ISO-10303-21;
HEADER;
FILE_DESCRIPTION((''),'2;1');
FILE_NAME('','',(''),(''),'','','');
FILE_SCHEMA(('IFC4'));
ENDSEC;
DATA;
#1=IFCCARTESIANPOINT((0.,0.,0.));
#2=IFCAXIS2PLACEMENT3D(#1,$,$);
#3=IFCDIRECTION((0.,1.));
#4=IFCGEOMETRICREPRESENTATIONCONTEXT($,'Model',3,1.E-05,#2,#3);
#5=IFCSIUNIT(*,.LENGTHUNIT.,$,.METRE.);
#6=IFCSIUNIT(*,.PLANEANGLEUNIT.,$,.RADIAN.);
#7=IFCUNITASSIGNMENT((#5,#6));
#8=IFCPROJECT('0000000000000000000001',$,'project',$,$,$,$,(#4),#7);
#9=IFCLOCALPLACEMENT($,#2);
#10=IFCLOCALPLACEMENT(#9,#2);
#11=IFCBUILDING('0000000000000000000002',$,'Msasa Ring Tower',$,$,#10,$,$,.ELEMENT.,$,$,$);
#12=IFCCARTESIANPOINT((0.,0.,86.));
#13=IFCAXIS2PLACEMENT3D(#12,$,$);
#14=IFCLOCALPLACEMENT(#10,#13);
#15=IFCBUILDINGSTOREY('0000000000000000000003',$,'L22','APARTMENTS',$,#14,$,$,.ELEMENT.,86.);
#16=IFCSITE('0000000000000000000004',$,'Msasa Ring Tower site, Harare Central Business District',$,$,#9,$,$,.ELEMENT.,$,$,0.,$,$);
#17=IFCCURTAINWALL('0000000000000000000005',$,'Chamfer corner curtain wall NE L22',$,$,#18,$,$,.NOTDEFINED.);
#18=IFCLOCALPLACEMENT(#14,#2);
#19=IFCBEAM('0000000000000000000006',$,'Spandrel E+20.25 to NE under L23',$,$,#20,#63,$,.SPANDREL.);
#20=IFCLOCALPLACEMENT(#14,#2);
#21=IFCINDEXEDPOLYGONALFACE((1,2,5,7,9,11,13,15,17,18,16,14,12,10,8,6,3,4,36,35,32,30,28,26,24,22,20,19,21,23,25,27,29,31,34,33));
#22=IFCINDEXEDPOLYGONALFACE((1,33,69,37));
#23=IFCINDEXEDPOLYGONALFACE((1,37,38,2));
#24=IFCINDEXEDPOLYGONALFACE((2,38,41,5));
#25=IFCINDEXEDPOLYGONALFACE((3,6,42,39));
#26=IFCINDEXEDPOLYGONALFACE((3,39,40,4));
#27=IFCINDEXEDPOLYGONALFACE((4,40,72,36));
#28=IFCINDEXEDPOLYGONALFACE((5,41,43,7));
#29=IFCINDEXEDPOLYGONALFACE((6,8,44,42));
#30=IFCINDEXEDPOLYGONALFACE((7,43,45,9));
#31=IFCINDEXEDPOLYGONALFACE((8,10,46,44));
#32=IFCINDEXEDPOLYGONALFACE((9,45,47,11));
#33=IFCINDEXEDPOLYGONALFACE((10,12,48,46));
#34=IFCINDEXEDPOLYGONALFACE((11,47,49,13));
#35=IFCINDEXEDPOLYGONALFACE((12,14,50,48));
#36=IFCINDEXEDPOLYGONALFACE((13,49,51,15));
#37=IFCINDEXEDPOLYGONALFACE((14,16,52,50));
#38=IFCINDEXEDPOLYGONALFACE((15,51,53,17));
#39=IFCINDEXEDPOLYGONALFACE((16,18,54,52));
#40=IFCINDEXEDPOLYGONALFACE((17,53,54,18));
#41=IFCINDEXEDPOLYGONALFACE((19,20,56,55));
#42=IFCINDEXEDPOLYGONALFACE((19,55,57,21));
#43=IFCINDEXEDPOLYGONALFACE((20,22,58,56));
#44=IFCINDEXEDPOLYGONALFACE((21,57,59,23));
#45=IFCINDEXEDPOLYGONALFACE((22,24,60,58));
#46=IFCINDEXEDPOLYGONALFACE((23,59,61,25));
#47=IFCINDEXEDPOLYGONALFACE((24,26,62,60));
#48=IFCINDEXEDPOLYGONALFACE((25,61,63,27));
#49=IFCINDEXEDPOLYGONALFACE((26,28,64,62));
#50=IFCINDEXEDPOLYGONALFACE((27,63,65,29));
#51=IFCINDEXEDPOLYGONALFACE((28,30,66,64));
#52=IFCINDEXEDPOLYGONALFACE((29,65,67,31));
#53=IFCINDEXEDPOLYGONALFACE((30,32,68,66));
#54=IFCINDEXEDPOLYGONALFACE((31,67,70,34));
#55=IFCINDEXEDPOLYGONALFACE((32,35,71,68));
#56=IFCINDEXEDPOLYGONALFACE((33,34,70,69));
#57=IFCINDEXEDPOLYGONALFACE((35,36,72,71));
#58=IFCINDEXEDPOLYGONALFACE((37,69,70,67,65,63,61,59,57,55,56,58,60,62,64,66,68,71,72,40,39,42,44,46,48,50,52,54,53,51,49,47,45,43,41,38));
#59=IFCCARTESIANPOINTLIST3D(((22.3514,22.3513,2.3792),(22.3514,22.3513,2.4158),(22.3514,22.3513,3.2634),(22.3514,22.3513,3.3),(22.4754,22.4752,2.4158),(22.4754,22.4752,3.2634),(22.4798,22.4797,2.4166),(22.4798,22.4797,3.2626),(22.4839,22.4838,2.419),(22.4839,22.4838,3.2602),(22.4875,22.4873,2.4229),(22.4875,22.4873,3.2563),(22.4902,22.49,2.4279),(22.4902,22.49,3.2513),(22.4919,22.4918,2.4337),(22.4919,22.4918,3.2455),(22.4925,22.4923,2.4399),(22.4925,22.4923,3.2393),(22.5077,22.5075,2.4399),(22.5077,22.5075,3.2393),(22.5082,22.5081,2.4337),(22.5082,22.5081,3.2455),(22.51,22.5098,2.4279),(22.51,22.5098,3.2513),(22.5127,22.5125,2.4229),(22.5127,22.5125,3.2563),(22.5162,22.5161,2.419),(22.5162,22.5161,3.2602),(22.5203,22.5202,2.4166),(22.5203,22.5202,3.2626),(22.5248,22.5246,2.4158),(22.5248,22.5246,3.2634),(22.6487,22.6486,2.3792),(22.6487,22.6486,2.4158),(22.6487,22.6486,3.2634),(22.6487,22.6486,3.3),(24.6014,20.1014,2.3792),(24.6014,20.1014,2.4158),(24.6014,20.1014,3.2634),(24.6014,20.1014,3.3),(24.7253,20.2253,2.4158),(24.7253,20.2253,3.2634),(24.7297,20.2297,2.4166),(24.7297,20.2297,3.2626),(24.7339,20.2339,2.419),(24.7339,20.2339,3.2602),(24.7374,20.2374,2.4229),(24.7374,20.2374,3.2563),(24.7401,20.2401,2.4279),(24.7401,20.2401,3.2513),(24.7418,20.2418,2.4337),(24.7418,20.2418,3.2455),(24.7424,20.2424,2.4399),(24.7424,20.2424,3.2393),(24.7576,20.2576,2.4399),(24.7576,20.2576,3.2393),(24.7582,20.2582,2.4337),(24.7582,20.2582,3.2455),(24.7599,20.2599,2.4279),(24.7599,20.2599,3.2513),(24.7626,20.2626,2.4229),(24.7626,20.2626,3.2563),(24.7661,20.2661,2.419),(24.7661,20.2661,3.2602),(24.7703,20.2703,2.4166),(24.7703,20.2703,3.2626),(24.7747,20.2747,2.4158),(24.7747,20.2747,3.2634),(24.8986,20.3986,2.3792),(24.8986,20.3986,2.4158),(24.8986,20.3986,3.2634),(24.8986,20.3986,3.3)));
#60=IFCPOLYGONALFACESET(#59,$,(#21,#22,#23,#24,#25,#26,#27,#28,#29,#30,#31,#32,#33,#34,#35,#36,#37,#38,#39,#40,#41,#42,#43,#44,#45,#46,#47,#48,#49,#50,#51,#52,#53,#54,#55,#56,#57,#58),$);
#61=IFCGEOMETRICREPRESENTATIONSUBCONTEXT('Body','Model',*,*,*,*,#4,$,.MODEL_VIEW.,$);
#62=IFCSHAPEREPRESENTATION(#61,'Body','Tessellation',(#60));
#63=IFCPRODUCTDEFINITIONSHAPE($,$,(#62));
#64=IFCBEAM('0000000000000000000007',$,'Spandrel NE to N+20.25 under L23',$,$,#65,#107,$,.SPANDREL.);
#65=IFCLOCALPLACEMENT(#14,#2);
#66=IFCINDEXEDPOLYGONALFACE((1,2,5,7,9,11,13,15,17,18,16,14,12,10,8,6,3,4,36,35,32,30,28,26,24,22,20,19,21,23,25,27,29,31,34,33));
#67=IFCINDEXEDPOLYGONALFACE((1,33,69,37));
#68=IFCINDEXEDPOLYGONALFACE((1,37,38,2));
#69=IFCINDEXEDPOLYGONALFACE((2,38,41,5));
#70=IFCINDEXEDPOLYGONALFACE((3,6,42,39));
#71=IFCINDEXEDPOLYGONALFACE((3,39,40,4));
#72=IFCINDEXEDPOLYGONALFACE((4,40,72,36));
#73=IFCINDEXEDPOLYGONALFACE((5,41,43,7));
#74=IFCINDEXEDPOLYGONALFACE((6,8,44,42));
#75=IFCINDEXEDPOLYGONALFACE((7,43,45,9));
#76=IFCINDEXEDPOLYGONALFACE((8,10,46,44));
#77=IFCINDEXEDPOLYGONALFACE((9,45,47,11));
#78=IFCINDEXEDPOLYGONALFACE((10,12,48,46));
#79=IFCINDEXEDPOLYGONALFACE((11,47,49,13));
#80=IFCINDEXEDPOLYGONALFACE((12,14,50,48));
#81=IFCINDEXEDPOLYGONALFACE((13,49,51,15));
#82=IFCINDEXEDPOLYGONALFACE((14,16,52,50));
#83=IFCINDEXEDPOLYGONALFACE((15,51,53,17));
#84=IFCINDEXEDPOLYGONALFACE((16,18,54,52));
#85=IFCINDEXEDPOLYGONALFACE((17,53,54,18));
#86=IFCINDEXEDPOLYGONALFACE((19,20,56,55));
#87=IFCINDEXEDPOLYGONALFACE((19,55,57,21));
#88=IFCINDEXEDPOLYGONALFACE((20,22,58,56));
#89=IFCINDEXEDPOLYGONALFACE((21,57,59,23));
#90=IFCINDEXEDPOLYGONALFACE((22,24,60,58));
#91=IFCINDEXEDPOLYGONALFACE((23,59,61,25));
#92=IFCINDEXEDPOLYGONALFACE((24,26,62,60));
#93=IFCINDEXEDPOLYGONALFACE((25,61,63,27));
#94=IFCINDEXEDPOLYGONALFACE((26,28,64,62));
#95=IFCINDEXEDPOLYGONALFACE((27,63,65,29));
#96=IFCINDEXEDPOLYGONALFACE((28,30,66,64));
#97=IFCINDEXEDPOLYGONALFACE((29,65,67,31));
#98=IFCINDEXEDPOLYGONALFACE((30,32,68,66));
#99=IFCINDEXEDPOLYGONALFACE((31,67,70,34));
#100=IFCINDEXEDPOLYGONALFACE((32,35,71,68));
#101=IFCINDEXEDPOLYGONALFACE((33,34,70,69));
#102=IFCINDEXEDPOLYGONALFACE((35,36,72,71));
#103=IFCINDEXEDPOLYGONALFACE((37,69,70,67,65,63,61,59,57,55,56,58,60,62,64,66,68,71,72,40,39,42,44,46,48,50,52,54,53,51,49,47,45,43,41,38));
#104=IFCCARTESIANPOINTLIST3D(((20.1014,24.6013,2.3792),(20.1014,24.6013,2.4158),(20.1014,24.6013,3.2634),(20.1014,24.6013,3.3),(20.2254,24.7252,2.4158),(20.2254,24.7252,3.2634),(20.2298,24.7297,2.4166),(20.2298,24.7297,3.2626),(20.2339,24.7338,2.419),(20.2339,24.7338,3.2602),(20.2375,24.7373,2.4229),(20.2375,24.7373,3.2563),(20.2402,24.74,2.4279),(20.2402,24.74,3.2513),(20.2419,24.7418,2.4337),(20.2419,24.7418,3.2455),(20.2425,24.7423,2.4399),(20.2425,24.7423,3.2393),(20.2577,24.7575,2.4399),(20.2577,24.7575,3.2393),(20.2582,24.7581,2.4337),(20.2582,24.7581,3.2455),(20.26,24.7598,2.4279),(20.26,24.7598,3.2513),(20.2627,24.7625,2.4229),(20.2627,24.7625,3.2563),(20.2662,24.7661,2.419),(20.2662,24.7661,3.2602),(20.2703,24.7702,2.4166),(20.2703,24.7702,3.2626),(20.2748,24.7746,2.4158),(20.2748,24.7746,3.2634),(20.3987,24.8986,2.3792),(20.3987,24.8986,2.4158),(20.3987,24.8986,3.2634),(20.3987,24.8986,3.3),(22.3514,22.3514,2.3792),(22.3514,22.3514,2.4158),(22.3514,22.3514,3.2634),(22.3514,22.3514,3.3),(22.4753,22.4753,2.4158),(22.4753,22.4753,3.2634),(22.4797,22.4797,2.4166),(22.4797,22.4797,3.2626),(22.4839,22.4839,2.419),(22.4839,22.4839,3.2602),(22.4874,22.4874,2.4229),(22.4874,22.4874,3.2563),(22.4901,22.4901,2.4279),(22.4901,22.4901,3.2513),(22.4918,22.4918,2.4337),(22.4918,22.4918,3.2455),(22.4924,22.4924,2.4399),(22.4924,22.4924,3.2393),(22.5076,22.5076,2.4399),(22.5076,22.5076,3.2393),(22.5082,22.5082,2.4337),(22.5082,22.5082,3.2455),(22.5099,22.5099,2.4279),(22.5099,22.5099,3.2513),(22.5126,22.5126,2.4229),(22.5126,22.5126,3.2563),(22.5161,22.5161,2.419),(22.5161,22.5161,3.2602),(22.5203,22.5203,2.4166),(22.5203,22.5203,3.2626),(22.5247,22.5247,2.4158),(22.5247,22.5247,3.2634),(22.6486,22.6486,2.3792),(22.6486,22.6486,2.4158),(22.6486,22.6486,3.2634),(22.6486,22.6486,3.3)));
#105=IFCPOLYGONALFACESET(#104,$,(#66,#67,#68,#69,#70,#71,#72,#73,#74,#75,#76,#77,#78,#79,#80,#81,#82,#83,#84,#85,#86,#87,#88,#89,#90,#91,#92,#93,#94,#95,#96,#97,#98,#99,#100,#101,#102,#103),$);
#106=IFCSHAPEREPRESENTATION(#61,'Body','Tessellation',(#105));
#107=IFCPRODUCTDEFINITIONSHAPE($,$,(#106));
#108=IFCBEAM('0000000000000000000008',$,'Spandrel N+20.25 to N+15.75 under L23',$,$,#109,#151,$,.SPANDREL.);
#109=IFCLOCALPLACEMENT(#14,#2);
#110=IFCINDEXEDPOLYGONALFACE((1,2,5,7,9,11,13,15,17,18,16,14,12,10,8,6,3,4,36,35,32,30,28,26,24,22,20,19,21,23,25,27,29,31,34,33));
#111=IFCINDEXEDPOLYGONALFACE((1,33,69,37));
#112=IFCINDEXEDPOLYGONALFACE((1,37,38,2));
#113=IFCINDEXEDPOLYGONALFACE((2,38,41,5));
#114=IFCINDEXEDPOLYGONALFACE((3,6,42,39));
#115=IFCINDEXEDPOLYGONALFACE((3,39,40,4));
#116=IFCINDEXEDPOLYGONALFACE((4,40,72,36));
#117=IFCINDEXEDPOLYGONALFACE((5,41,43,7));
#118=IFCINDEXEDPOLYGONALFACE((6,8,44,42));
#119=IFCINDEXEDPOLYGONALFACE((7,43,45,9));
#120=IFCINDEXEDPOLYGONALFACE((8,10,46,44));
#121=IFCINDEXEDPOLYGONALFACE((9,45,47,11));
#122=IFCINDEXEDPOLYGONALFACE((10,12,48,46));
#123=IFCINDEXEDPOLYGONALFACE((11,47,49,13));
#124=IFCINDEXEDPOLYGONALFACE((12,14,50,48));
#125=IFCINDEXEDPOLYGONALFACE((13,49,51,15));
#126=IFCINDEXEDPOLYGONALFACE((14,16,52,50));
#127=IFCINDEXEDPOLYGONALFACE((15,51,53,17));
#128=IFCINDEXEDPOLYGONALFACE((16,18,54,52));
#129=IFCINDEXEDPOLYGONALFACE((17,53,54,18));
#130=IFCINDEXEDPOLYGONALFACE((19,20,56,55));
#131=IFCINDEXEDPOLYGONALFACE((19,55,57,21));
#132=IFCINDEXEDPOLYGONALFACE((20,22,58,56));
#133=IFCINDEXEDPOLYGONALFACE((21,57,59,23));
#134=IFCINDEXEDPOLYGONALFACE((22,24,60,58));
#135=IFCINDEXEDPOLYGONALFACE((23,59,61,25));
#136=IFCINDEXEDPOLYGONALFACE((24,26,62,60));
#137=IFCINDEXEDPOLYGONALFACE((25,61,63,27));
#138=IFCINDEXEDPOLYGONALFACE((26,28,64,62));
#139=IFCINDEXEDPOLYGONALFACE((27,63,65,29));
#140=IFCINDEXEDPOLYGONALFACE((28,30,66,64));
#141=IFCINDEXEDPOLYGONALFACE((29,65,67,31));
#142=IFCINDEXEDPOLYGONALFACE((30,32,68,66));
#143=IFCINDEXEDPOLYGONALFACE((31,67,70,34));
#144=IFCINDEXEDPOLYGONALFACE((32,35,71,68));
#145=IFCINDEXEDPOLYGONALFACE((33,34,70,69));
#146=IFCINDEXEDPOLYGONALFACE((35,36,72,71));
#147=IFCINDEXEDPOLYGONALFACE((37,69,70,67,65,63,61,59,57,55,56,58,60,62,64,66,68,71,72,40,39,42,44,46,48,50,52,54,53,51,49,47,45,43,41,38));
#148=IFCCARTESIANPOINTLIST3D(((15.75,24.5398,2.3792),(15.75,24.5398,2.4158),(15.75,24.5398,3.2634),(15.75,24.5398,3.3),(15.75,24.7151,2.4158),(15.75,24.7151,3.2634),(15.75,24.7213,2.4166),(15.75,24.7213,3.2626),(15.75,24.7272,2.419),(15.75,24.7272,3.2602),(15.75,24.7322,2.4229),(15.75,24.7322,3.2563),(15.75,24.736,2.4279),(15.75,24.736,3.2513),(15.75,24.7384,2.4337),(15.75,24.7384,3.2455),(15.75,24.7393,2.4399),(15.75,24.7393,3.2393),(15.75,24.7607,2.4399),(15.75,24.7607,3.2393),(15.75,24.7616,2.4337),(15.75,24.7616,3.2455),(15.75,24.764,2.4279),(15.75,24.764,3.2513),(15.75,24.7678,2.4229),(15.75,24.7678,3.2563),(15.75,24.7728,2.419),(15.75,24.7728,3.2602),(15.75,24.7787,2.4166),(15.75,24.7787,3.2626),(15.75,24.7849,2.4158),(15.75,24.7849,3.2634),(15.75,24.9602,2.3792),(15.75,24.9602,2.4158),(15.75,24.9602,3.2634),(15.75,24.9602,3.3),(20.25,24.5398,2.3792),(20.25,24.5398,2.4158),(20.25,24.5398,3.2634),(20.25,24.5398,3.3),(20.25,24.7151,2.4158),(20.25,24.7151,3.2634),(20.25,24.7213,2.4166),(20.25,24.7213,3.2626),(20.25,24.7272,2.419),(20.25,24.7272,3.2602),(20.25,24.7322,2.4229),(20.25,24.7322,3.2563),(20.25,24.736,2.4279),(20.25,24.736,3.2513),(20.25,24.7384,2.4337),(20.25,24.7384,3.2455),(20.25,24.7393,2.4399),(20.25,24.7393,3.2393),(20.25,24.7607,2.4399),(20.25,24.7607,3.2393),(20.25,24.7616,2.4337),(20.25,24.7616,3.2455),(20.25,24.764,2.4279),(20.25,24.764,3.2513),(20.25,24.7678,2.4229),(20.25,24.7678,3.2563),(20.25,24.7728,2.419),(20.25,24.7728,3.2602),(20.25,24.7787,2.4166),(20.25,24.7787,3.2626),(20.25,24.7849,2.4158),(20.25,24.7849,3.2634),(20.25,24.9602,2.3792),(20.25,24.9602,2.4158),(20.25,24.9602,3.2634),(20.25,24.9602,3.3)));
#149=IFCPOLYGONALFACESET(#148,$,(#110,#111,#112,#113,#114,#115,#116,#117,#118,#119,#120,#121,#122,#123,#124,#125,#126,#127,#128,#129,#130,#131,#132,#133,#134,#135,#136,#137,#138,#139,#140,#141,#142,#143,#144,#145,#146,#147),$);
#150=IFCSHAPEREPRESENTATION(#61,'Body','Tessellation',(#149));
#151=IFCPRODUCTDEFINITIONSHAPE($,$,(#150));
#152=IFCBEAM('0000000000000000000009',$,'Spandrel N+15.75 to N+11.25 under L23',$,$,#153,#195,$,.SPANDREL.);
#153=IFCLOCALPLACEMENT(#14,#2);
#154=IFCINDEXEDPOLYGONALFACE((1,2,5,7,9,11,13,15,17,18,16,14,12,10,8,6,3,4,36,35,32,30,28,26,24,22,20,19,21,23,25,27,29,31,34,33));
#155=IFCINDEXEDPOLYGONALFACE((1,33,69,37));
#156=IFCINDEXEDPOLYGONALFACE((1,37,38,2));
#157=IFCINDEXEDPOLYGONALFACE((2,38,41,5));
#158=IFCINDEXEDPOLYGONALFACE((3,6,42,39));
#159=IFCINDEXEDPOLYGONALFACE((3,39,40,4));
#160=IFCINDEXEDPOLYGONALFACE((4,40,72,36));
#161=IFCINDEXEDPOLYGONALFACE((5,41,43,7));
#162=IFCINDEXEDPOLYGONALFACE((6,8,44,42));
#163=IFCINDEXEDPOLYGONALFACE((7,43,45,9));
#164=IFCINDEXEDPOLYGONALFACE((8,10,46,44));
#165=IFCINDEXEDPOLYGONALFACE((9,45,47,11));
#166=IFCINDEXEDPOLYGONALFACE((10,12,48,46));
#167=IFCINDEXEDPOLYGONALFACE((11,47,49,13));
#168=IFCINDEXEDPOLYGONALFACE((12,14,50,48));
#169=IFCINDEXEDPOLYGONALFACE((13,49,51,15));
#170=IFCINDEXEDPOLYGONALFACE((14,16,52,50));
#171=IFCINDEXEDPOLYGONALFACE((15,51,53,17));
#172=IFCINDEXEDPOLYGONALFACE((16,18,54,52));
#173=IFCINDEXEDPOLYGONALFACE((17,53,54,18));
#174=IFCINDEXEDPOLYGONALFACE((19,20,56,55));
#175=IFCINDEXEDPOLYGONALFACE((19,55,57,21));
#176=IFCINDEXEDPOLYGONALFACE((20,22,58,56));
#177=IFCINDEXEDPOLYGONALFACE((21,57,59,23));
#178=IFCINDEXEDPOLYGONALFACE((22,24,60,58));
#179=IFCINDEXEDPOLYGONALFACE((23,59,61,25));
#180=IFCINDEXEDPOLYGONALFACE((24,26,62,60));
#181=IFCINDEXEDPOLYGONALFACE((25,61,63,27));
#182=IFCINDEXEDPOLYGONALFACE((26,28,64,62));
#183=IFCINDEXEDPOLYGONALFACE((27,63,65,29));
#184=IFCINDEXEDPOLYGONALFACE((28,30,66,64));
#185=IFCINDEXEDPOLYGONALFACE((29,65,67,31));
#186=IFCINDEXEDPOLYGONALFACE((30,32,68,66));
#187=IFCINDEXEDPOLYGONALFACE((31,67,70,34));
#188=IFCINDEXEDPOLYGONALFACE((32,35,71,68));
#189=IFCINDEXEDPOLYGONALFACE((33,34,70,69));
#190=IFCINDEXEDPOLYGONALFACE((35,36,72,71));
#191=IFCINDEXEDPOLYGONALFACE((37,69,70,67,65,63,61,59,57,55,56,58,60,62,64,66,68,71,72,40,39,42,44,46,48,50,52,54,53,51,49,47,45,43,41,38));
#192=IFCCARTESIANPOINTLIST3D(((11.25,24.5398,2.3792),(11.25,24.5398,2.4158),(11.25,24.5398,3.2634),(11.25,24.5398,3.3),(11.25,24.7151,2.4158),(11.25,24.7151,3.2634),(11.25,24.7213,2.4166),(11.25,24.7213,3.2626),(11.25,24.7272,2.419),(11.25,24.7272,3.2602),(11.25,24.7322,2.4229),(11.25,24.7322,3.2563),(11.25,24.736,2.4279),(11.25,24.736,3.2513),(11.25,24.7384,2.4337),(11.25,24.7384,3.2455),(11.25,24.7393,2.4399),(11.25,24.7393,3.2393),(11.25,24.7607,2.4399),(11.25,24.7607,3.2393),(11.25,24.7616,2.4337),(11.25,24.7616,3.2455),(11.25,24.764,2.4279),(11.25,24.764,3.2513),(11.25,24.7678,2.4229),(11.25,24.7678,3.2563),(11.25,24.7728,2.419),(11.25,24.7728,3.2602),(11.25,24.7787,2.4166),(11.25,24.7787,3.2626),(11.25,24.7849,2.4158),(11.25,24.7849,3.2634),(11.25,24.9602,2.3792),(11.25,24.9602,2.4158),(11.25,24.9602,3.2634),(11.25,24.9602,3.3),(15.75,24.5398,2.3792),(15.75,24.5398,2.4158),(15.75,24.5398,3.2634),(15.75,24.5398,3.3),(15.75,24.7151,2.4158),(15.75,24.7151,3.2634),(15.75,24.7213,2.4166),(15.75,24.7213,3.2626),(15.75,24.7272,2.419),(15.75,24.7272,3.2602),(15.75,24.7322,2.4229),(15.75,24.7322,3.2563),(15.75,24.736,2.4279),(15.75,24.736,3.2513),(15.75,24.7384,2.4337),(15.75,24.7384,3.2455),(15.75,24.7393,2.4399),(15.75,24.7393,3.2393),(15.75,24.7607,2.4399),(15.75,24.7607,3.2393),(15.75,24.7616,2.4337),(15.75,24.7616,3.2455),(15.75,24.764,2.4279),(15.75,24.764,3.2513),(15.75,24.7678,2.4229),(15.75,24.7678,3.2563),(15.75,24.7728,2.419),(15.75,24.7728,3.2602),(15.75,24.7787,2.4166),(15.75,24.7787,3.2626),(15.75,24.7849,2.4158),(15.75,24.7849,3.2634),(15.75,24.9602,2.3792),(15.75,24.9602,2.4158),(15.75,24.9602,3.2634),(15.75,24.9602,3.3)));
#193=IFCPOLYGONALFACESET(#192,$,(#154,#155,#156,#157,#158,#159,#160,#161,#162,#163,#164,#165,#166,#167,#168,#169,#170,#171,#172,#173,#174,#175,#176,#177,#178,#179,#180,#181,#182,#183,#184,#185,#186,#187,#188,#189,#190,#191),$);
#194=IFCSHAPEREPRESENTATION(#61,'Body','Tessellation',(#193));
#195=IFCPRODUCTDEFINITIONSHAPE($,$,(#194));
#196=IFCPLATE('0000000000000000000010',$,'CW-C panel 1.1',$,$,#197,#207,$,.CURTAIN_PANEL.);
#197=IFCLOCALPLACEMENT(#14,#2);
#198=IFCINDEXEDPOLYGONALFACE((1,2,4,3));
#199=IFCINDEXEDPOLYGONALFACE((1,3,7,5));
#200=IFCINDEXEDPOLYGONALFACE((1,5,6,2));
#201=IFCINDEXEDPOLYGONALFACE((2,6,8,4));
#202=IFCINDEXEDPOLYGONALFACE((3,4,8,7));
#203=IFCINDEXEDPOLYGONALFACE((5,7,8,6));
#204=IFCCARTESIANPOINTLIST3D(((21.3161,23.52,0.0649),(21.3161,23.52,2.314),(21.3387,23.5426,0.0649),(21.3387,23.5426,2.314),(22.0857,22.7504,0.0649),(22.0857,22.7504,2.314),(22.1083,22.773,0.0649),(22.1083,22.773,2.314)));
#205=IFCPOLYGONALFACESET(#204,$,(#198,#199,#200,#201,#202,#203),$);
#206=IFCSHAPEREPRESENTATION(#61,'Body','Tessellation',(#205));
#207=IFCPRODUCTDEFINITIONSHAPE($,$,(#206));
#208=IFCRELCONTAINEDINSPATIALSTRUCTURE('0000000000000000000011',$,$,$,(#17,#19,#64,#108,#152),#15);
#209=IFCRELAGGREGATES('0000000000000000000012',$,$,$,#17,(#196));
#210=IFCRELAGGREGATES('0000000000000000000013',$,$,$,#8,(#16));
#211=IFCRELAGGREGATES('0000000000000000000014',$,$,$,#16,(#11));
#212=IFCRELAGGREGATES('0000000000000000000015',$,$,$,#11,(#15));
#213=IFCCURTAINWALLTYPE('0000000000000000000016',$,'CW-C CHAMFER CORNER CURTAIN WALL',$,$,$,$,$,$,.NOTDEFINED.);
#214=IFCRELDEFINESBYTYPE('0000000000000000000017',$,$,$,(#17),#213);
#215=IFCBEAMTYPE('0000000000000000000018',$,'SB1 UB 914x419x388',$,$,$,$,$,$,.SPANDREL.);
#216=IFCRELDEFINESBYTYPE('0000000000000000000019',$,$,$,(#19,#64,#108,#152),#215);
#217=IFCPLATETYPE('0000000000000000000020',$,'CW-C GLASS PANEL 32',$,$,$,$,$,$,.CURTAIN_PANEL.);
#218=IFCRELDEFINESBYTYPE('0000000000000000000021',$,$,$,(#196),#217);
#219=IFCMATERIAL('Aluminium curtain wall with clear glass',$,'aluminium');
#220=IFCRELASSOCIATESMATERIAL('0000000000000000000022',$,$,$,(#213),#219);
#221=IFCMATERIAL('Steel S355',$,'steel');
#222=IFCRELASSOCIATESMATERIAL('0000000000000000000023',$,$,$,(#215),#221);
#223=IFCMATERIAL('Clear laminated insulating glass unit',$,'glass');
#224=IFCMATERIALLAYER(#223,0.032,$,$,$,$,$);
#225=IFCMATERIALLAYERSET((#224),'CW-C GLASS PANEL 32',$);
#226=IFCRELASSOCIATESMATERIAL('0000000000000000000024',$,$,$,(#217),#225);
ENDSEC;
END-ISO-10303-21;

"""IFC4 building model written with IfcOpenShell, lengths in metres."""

from ifc_helpers import new_model, si_unit, direction, frame, origin, origin_2d, place, context, subcontext, project, spatial, rectangle, i_section, extrude, material, layer, layer_set, material_profile, profile_set, type_object, element, aggregate, save


model = new_model("IFC4")

# Units and contexts
model_context = context("Model", 3, precision=1e-05, world=origin(), true_north=direction((0.0, 1.0)))
body_context = subcontext(model_context, "Body", "Model", "MODEL_VIEW")
ifc_project = project(units=[si_unit("LENGTHUNIT", "METRE"), si_unit("PLANEANGLEUNIT", "RADIAN")], contexts=[model_context])

# Site, building, storey
site_placement = place(None, origin())
site = spatial("IfcSite", under=ifc_project, at=site_placement, Name="Msasa Ring Tower site, Harare Central Business District", CompositionType="ELEMENT", RefElevation=0.0)
building_placement = place(site_placement, origin())
building = spatial("IfcBuilding", under=site, at=building_placement, Name="Msasa Ring Tower", CompositionType="ELEMENT")
storey_placement = place(building_placement, frame((0.0, 0.0, 86.0)))
storey = spatial("IfcBuildingStorey", under=building, at=storey_placement, Name="L22", Description="APARTMENTS", CompositionType="ELEMENT", Elevation=86.0)

# Curtain wall
ifc_material_1 = material(Name="Aluminium curtain wall with clear glass", Category="aluminium")
curtain_wall_type = type_object("IfcCurtainWallType", Name="CW-C CHAMFER CORNER CURTAIN WALL", PredefinedType="NOTDEFINED", material=ifc_material_1)
curtain_wall_1_placement = place(storey_placement, origin())
curtain_wall_1 = element("IfcCurtainWall", 1, at=curtain_wall_1_placement, inside=storey, type_object=curtain_wall_type, Name="Chamfer corner curtain wall NE L22", PredefinedType="NOTDEFINED")

# Beams
ifc_material_2 = material(Name="Steel S355", Category="steel")
ifc_material_profile_1 = material_profile(ifc_material_2, i_section(OverallWidth=0.4204, OverallDepth=0.9209, WebThickness=0.0215, FlangeThickness=0.0366, FilletRadius=0.0242, at=origin_2d()), Name="UB 914x419x388")
ifc_profile_set_1 = profile_set([ifc_material_profile_1], Name="Steel S355")
beam_type_1 = type_object("IfcBeamType", Name="SB1 UB 914x419x388", PredefinedType="SPANDREL", material=ifc_profile_set_1)
for number, where, z_axis, x_axis, name in (
    (2, (24.75, 20.25, 2.8396), (-0.707107, 0.707107, 0.0), (-0.707107, -0.707107, 0.0), "Spandrel E+20.25 to NE under L23"),
    (3, (22.5, 22.5, 2.8396), (-0.707107, 0.707107, 0.0), (-0.707107, -0.707107, 0.0), "Spandrel NE to N+20.25 under L23"),
):
    element("IfcBeam", number, at=place(storey_placement, frame(where, z_axis=z_axis, x_axis=x_axis)), inside=storey, type_object=beam_type_1, Name=name, PredefinedType="SPANDREL", context=body_context, shape_type="SweptSolid", body=[
        extrude(i_section(OverallWidth=0.4204, OverallDepth=0.9209, WebThickness=0.0215, FlangeThickness=0.0366, FilletRadius=0.0242, at=origin_2d()), origin(), (0.0, 0.0, 1.0), 3.1819),
    ])
for number, where, z_axis, x_axis, name in (
    (4, (20.25, 24.75, 2.8396), (-1.0, 0.0, 0.0), (0.0, -1.0, 0.0), "Spandrel N+20.25 to N+15.75 under L23"),
    (5, (15.75, 24.75, 2.8396), (-1.0, 0.0, 0.0), (0.0, -1.0, 0.0), "Spandrel N+15.75 to N+11.25 under L23"),
):
    element("IfcBeam", number, at=place(storey_placement, frame(where, z_axis=z_axis, x_axis=x_axis)), inside=storey, type_object=beam_type_1, Name=name, PredefinedType="SPANDREL", context=body_context, shape_type="SweptSolid", body=[
        extrude(i_section(OverallWidth=0.4204, OverallDepth=0.9209, WebThickness=0.0215, FlangeThickness=0.0366, FilletRadius=0.0242, at=origin_2d()), origin(), (0.0, 0.0, 1.0), 4.5),
    ])

# Plate
ifc_material_3 = material(Name="Clear laminated insulating glass unit", Category="glass")
ifc_layer_1 = layer(ifc_material_3, 0.032)
ifc_layer_set_1 = layer_set([ifc_layer_1], Name="CW-C GLASS PANEL 32")
plate_type = type_object("IfcPlateType", Name="CW-C GLASS PANEL 32", PredefinedType="CURTAIN_PANEL", material=ifc_layer_set_1)
plate_1_placement = place(storey_placement, frame((21.7122, 23.1465, 0.0649), z_axis=(0.0, 0.0, 1.0), x_axis=(-0.707107, 0.707107, 0.0)))
plate_1 = element("IfcPlate", 6, at=plate_1_placement, type_object=plate_type, Name="CW-C panel 1.1", PredefinedType="CURTAIN_PANEL", context=body_context, shape_type="SweptSolid", body=[
    extrude(rectangle(XDim=1.0884, YDim=0.032, at=origin_2d()), origin(), (0.0, 0.0, 1.0), 2.249),
])
aggregate(curtain_wall_1, [plate_1])

save(model, "model.ifc")
